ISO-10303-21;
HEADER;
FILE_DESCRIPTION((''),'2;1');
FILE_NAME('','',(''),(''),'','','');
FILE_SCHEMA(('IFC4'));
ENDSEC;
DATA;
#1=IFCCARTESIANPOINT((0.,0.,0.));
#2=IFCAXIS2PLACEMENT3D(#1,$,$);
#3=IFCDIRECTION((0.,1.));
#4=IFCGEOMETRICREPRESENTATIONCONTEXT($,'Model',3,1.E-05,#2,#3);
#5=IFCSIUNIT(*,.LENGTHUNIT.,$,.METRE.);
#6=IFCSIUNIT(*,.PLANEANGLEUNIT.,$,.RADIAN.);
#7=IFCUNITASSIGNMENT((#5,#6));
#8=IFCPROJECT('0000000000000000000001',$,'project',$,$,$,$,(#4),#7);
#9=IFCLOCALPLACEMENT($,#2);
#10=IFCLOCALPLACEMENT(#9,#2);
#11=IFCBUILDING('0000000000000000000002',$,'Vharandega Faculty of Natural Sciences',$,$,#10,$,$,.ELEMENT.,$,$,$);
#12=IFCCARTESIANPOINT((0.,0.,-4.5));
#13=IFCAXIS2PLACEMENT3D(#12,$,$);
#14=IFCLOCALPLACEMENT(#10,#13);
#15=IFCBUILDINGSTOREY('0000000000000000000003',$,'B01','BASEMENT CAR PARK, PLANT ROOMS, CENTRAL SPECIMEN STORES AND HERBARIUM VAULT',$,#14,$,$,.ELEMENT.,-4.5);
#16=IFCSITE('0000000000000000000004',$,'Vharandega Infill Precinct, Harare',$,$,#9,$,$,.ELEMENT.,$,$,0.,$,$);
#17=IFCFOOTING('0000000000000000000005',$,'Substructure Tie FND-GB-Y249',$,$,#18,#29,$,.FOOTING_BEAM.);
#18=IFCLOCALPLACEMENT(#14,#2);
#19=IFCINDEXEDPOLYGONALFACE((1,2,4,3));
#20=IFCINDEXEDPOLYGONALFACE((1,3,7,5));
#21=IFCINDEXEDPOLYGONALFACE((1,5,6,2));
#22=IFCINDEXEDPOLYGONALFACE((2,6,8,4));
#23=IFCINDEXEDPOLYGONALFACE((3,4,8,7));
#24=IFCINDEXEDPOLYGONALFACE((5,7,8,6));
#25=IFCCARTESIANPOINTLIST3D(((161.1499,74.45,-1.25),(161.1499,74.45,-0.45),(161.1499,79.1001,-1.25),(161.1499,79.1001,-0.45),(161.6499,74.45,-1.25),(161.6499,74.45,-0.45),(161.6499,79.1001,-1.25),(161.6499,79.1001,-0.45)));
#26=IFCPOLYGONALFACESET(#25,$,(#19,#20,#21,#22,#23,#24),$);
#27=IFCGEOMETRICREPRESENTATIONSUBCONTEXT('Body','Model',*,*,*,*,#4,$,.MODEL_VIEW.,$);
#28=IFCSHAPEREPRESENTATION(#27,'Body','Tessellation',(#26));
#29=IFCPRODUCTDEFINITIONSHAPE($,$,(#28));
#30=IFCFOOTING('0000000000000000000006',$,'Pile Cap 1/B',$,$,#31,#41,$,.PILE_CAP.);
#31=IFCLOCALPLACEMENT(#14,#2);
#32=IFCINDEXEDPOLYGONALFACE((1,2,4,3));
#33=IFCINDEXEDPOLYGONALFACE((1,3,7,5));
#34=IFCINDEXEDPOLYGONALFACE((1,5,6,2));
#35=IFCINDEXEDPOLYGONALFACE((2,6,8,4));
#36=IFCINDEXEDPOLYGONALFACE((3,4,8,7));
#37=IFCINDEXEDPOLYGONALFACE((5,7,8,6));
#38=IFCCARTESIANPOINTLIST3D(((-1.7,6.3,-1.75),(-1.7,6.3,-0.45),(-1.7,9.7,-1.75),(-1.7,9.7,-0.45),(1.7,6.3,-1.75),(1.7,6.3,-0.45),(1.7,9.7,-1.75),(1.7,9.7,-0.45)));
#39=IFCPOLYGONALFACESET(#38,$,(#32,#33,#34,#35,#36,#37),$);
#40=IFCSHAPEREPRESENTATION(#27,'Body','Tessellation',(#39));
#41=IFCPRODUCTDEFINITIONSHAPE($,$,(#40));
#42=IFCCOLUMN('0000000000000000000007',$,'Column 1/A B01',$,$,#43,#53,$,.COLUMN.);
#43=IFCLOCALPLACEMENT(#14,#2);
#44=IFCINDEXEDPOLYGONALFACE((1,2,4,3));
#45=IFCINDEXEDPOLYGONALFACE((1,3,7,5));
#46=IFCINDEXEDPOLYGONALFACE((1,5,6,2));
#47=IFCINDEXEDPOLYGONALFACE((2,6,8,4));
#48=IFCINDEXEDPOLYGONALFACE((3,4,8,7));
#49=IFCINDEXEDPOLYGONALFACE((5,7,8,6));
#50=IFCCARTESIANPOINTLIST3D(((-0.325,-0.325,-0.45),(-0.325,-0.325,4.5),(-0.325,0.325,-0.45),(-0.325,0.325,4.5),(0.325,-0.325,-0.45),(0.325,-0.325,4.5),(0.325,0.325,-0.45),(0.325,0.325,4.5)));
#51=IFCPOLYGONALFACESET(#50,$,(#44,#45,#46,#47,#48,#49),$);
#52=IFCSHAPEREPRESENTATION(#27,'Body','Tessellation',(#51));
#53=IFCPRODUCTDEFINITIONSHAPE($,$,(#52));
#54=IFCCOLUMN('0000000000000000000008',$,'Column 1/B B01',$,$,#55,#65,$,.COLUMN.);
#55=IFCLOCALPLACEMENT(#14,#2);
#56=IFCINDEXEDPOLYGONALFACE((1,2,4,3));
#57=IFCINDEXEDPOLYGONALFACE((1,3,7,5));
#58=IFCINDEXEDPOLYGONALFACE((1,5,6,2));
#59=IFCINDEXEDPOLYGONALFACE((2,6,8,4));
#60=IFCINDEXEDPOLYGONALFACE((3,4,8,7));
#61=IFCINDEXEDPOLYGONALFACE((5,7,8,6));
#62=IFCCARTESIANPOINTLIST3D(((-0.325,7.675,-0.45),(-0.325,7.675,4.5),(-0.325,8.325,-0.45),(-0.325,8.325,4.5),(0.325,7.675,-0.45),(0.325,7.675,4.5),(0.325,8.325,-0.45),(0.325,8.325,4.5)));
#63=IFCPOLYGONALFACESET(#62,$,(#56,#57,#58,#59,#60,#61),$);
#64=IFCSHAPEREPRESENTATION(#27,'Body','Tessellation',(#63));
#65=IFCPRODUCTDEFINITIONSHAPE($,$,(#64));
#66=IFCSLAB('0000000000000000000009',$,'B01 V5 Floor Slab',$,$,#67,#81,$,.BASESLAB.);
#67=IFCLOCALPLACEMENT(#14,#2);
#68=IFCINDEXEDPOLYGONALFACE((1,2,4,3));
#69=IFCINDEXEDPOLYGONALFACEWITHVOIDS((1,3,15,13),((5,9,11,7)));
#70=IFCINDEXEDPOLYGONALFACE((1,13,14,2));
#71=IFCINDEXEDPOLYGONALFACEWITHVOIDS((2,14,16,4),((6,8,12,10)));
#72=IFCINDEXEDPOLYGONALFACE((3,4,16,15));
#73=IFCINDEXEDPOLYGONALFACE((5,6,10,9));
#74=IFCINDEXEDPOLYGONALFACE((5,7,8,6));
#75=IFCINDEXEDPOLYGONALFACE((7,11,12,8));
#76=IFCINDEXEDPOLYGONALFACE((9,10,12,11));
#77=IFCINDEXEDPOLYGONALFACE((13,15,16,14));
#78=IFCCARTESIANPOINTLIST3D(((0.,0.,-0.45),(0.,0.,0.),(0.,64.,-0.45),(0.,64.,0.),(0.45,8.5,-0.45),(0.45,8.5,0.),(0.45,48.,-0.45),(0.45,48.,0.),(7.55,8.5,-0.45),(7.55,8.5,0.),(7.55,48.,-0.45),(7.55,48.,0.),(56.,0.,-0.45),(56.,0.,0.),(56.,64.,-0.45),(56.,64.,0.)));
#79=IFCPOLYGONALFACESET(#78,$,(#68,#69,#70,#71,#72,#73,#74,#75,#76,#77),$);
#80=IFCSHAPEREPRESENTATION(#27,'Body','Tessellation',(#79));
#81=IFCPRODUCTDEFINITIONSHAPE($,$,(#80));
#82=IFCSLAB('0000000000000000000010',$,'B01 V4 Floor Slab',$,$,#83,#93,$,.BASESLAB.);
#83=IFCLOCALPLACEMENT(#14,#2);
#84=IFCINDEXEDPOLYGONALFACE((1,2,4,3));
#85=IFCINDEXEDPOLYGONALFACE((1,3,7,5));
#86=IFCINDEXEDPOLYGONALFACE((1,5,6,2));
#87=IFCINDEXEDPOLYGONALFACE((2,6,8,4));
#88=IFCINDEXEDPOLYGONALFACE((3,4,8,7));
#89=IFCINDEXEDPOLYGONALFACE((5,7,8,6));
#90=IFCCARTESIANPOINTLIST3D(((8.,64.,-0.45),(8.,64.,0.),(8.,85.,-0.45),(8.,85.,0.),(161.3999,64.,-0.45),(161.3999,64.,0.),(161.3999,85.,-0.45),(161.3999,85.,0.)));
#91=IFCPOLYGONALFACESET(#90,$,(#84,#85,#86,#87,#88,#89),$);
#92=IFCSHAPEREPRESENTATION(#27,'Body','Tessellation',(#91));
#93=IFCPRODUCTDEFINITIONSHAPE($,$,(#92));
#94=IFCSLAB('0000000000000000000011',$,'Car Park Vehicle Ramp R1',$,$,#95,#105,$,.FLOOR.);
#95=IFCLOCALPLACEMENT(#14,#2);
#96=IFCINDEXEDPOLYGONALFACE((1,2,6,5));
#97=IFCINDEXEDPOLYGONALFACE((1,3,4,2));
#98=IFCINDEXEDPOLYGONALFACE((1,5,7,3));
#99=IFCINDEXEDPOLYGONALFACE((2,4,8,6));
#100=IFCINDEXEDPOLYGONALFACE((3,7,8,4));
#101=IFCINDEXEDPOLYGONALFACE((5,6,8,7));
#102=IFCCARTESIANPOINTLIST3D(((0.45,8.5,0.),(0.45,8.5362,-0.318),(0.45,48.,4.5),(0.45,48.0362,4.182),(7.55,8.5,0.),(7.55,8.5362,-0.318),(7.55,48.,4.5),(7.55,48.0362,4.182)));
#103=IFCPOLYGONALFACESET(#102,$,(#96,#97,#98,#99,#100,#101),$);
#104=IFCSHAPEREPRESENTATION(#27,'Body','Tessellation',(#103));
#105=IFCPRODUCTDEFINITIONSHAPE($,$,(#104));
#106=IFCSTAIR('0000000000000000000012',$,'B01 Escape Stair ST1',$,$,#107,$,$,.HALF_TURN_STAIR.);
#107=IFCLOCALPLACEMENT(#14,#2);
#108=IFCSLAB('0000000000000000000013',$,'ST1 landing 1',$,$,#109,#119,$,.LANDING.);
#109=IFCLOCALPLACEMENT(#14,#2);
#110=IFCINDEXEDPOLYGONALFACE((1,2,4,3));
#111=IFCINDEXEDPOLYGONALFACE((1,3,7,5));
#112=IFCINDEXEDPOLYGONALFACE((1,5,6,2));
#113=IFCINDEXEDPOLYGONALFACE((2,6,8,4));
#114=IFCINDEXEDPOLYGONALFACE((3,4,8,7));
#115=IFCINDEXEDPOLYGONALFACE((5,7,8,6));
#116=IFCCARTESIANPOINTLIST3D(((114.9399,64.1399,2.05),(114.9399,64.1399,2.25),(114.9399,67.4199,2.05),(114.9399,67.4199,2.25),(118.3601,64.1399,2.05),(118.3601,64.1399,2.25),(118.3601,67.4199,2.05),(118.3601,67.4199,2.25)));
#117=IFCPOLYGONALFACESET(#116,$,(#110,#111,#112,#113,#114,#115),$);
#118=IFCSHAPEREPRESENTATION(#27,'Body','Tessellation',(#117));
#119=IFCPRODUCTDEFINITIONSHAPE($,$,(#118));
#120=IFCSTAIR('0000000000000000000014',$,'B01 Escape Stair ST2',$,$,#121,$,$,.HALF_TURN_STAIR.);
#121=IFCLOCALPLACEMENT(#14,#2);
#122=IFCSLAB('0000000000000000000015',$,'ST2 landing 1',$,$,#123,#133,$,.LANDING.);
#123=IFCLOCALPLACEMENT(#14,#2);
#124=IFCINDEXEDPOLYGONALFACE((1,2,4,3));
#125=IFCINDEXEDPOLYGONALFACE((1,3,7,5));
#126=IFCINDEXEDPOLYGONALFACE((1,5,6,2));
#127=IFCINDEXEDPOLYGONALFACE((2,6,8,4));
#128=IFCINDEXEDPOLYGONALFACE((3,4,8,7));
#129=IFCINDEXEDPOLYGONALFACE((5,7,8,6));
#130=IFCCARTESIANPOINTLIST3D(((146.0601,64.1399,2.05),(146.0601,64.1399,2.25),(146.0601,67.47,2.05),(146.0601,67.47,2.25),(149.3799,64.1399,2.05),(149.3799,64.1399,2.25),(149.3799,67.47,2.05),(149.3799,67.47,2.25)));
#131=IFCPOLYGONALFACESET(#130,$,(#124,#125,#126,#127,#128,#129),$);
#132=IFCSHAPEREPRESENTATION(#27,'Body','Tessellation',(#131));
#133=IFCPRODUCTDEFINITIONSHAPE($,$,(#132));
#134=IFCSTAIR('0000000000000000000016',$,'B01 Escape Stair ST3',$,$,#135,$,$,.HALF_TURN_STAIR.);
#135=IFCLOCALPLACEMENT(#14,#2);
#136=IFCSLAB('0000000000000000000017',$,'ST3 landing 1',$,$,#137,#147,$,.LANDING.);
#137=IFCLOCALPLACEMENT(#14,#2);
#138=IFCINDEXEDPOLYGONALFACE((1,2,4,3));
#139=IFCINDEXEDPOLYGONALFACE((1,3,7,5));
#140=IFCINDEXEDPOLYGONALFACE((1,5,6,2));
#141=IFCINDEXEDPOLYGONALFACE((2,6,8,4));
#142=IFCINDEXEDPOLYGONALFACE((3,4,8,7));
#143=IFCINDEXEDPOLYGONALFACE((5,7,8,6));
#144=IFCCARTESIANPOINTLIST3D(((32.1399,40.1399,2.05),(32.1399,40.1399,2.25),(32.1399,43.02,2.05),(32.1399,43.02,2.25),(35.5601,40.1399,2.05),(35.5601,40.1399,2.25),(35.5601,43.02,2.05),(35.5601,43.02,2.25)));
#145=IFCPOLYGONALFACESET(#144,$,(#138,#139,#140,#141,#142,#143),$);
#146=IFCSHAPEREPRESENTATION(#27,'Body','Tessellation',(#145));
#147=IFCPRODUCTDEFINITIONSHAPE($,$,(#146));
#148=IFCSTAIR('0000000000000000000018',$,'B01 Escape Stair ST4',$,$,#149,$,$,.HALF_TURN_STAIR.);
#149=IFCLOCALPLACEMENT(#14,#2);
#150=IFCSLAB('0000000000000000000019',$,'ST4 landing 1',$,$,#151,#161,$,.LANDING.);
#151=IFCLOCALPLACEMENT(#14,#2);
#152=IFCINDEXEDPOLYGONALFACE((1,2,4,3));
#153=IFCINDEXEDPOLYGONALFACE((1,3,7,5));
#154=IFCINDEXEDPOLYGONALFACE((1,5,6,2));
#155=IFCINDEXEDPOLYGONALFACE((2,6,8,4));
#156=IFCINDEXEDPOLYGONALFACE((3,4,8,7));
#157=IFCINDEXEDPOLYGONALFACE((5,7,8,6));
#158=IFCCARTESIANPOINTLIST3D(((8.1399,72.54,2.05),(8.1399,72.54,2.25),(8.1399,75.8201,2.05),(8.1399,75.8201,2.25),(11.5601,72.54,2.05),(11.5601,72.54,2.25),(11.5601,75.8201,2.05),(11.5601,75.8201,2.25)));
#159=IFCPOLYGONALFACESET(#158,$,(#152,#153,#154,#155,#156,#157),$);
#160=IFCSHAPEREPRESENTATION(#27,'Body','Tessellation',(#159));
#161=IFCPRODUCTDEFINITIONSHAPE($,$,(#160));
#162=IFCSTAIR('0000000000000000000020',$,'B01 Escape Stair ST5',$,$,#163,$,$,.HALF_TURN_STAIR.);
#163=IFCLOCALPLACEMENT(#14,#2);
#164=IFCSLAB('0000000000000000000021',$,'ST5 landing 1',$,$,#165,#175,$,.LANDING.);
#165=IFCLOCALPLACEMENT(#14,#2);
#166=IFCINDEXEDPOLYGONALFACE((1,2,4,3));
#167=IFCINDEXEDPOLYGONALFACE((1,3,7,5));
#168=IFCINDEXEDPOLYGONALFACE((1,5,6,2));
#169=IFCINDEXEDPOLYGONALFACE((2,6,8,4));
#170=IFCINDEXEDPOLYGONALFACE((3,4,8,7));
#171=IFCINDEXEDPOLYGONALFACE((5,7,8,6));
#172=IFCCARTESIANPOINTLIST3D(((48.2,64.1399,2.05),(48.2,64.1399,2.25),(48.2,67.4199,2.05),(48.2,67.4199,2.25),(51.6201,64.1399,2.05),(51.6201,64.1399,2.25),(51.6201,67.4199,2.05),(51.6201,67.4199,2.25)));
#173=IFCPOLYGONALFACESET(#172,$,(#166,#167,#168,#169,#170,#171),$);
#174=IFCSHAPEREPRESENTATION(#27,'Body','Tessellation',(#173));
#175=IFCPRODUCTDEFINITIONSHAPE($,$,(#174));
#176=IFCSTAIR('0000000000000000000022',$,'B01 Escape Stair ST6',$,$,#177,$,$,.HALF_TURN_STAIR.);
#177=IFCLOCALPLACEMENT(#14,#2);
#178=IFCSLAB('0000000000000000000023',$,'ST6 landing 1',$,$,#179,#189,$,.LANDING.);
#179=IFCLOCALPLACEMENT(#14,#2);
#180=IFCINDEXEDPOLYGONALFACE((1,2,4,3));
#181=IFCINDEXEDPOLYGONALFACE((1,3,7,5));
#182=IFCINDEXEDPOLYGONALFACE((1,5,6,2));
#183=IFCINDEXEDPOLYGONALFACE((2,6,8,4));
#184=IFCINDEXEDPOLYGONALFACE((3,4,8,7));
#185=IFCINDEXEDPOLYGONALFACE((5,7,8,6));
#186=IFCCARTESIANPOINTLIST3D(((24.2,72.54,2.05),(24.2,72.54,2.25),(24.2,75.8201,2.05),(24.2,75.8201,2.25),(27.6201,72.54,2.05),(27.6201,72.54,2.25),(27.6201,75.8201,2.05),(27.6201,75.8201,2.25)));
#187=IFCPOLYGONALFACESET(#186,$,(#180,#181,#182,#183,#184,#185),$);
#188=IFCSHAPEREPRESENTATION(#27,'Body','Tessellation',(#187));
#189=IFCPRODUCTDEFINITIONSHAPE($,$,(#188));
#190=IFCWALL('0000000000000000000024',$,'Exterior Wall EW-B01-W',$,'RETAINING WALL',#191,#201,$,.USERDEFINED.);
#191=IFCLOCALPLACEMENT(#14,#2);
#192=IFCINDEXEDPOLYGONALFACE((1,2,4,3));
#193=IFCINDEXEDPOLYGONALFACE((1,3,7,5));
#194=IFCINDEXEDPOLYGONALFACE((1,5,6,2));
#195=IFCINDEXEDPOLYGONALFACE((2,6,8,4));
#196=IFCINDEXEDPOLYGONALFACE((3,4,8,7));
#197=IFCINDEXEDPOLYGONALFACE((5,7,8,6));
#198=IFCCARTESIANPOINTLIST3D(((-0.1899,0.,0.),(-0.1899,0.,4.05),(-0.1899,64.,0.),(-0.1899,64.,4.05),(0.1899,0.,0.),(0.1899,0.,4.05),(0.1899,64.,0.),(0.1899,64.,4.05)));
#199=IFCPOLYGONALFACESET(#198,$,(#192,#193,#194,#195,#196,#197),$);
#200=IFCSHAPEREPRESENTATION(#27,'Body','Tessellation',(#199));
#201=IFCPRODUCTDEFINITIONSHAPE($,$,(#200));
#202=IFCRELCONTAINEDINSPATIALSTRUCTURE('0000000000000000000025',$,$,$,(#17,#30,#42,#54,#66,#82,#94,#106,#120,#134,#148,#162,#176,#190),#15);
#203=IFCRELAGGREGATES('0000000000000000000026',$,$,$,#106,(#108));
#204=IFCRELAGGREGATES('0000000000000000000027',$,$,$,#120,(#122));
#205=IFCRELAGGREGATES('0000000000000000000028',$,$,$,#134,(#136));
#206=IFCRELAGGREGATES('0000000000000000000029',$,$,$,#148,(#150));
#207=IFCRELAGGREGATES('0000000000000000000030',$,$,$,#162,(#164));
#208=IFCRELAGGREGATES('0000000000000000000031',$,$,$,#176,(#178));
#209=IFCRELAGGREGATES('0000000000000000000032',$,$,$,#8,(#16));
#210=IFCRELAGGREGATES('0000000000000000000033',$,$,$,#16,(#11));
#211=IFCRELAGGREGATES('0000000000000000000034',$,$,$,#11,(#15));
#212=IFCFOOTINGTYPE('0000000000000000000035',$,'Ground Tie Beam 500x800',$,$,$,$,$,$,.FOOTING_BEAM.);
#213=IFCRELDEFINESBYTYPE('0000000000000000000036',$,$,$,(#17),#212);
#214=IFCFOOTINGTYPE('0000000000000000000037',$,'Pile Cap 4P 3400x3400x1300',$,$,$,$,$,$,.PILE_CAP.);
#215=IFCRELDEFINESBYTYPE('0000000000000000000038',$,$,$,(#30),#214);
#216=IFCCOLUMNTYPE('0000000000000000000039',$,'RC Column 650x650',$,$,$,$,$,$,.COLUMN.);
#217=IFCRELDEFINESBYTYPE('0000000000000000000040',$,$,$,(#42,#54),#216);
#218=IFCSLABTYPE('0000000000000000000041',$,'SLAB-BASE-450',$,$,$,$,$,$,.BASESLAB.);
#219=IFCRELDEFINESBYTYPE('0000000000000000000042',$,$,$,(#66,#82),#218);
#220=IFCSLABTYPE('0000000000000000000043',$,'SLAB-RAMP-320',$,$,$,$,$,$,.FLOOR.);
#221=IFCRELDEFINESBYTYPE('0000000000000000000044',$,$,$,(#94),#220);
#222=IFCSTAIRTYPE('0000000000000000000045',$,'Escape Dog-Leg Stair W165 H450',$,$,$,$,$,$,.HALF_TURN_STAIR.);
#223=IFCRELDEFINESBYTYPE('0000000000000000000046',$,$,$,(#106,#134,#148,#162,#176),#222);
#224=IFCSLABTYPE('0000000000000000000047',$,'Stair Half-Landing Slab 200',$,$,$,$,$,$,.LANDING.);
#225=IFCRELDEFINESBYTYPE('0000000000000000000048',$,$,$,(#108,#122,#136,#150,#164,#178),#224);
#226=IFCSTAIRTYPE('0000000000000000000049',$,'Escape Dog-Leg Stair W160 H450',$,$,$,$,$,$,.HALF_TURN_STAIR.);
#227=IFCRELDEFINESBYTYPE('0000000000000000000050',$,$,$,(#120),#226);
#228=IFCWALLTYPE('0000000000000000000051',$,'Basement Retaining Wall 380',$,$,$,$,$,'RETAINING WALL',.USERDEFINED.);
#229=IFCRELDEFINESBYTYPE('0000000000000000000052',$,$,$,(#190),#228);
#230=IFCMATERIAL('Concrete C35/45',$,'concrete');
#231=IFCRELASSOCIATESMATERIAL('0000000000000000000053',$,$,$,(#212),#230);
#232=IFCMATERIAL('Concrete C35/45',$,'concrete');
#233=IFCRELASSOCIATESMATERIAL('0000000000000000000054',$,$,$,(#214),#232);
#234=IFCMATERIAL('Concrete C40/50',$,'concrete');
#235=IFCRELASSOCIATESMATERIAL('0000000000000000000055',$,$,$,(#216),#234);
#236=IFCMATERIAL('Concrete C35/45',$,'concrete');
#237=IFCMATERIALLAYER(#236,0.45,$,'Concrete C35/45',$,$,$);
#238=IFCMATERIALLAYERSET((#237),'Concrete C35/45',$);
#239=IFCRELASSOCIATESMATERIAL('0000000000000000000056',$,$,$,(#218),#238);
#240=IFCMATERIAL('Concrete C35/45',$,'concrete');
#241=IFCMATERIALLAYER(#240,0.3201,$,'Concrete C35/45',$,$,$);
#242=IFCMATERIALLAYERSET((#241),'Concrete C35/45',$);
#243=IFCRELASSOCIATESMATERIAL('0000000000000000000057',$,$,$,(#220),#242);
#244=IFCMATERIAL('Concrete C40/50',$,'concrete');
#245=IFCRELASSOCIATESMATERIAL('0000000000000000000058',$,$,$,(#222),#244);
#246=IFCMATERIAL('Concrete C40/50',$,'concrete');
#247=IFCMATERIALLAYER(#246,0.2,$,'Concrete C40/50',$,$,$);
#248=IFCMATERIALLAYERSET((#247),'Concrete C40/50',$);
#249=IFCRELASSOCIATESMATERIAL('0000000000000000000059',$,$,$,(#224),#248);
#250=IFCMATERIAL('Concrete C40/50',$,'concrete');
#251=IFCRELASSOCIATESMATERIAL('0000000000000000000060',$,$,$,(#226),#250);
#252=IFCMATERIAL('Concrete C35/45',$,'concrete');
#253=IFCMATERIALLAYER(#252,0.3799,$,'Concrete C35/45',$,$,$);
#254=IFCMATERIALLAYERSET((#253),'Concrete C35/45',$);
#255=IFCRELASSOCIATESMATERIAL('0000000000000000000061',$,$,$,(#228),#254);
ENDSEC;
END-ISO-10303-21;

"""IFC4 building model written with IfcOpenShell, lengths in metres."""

from ifc_helpers import new_model, si_unit, direction, frame, frame_2d, origin, origin_2d, place, context, subcontext, project, spatial, polyline, rectangle, outline, extrude, material, layer, layer_set, material_profile, profile_set, type_object, element, aggregate, save


model = new_model("IFC4")

# Units and contexts
model_context = context("Model", 3, precision=1e-05, world=origin(), true_north=direction((0.0, 1.0)))
body_context = subcontext(model_context, "Body", "Model", "MODEL_VIEW")
ifc_project = project(units=[si_unit("LENGTHUNIT", "METRE"), si_unit("PLANEANGLEUNIT", "RADIAN")], contexts=[model_context])

# Site, building, storey
site_placement = place(None, origin())
site = spatial("IfcSite", under=ifc_project, at=site_placement, Name="Vharandega Infill Precinct, Harare", CompositionType="ELEMENT", RefElevation=0.0)
building_placement = place(site_placement, origin())
building = spatial("IfcBuilding", under=site, at=building_placement, Name="Vharandega Faculty of Natural Sciences", CompositionType="ELEMENT")
storey_placement = place(building_placement, frame((0.0, 0.0, -4.5)))
storey = spatial("IfcBuildingStorey", under=building, at=storey_placement, Name="B01", Description="BASEMENT CAR PARK, PLANT ROOMS, CENTRAL SPECIMEN STORES AND HERBARIUM VAULT", CompositionType="ELEMENT", Elevation=-4.5)

# Footings
ifc_material_1 = material(Name="Concrete C35/45", Category="concrete")
footing_type_1 = type_object("IfcFootingType", Name="Ground Tie Beam 500x800", PredefinedType="FOOTING_BEAM", material=ifc_material_1)
footing_1_placement = place(storey_placement, frame((0.0, 0.0, -1.25)))
element("IfcFooting", 1, at=footing_1_placement, inside=storey, type_object=footing_type_1, Name="Substructure Tie FND-GB-Y249", PredefinedType="FOOTING_BEAM", context=body_context, shape_type="SweptSolid", body=[
    extrude(outline(polyline([(161.1499, 74.45), (161.6499, 74.45), (161.6499, 79.1001), (161.1499, 79.1001), (161.1499, 74.45)])), origin(), (0.0, 0.0, 1.0), 0.8),
])
ifc_material_2 = material(Name="Concrete C35/45", Category="concrete")
footing_type_2 = type_object("IfcFootingType", Name="Pile Cap 4P 3400x3400x1300", PredefinedType="PILE_CAP", material=ifc_material_2)
footing_2_placement = place(storey_placement, frame((0.0, 8.0, -1.75), z_axis=(0.0, 0.0, 1.0), x_axis=(1.0, 0.0, 0.0)))
element("IfcFooting", 2, at=footing_2_placement, inside=storey, type_object=footing_type_2, Name="Pile Cap 1/B", PredefinedType="PILE_CAP", context=body_context, shape_type="SweptSolid", body=[
    extrude(rectangle(XDim=3.3999, YDim=3.3999, at=origin_2d()), origin(), (0.0, 0.0, 1.0), 1.3),
])

# Columns
ifc_material_3 = material(Name="Concrete C40/50", Category="concrete")
ifc_material_profile_1 = material_profile(ifc_material_3, rectangle(XDim=0.6499, YDim=0.6499, at=origin_2d()), Name="RC 650x650")
ifc_profile_set_1 = profile_set([ifc_material_profile_1], Name="Concrete C40/50")
column_type = type_object("IfcColumnType", Name="RC Column 650x650", PredefinedType="COLUMN", material=ifc_profile_set_1)
for number, where, z_axis, x_axis, name in (
    (3, (0.0, 0.0, -0.45), (0.0, 0.0, 1.0), (1.0, 0.0, 0.0), "Column 1/A B01"),
    (4, (0.0, 8.0, -0.45), (0.0, 0.0, 1.0), (1.0, 0.0, 0.0), "Column 1/B B01"),
):
    element("IfcColumn", number, at=place(storey_placement, frame(where, z_axis=z_axis, x_axis=x_axis)), inside=storey, type_object=column_type, Name=name, PredefinedType="COLUMN", context=body_context, shape_type="SweptSolid", body=[
        extrude(rectangle(XDim=0.6499, YDim=0.6499, at=origin_2d()), origin(), (0.0, 0.0, 1.0), 4.95),
    ])

# Slabs
ifc_material_4 = material(Name="Concrete C35/45", Category="concrete")
ifc_layer_1 = layer(ifc_material_4, 0.45, Name="Concrete C35/45")
ifc_layer_set_1 = layer_set([ifc_layer_1], Name="Concrete C35/45")
slab_type_1 = type_object("IfcSlabType", Name="SLAB-BASE-450", PredefinedType="BASESLAB", material=ifc_layer_set_1)
slab_1_placement = place(storey_placement, frame((0.0, 0.0, -0.45)))
element("IfcSlab", 5, at=slab_1_placement, inside=storey, type_object=slab_type_1, Name="B01 V5 Floor Slab", PredefinedType="BASESLAB", context=body_context, shape_type="SweptSolid", body=[
    extrude(outline(polyline([(0.0, 0.0), (56.0, 0.0), (56.0, 64.0), (0.0, 64.0), (0.0, 0.0)]), holes=[polyline([(0.45, 8.5), (7.55, 8.5), (7.55, 48.0), (0.45, 48.0), (0.45, 8.5)])]), origin(), (0.0, 0.0, 1.0), 0.45),
])
slab_2_placement = place(storey_placement, frame((0.0, 0.0, -0.45)))
element("IfcSlab", 6, at=slab_2_placement, inside=storey, type_object=slab_type_1, Name="B01 V4 Floor Slab", PredefinedType="BASESLAB", context=body_context, shape_type="SweptSolid", body=[
    extrude(outline(polyline([(8.0, 64.0), (161.3999, 64.0), (161.3999, 85.0), (8.0, 85.0), (8.0, 64.0)])), origin(), (0.0, 0.0, 1.0), 0.45),
])
ifc_material_5 = material(Name="Concrete C35/45", Category="concrete")
ifc_layer_2 = layer(ifc_material_5, 0.3201, Name="Concrete C35/45")
ifc_layer_set_2 = layer_set([ifc_layer_2], Name="Concrete C35/45")
slab_type_2 = type_object("IfcSlabType", Name="SLAB-RAMP-320", PredefinedType="FLOOR", material=ifc_layer_set_2)
slab_3_placement = place(storey_placement, frame((0.45, 8.5, 0.0), z_axis=(0.0, -0.113192, 0.993573), x_axis=(1.0, 0.0, 0.0)))
element("IfcSlab", 7, at=slab_3_placement, inside=storey, type_object=slab_type_2, Name="Car Park Vehicle Ramp R1", PredefinedType="FLOOR", context=body_context, shape_type="SweptSolid", body=[
    extrude(outline(polyline([(0.0, 0.0), (7.1001, 0.0), (7.1001, 39.7555), (0.0, 39.7555), (0.0, 0.0)])), origin(), (0.0, 0.0, -1.0), 0.3201),
])

# Stairs, slabs
ifc_material_6 = material(Name="Concrete C40/50", Category="concrete")
stair_type_1 = type_object("IfcStairType", Name="Escape Dog-Leg Stair W165 H450", PredefinedType="HALF_TURN_STAIR", material=ifc_material_6)
stair_1_placement = place(storey_placement, origin())
stair_1 = element("IfcStair", 8, at=stair_1_placement, inside=storey, type_object=stair_type_1, Name="B01 Escape Stair ST1", PredefinedType="HALF_TURN_STAIR")
ifc_material_7 = material(Name="Concrete C40/50", Category="concrete")
ifc_layer_3 = layer(ifc_material_7, 0.2, Name="Concrete C40/50")
ifc_layer_set_3 = layer_set([ifc_layer_3], Name="Concrete C40/50")
slab_type_3 = type_object("IfcSlabType", Name="Stair Half-Landing Slab 200", PredefinedType="LANDING", material=ifc_layer_set_3)
slab_4_placement = place(storey_placement, frame((0.0, 0.0, 2.05)))
slab_4 = element("IfcSlab", 9, at=slab_4_placement, type_object=slab_type_3, Name="ST1 landing 1", PredefinedType="LANDING", context=body_context, shape_type="SweptSolid", body=[
    extrude(outline(polyline([(114.9399, 67.4199), (114.9399, 64.1399), (118.3601, 64.1399), (118.3601, 67.4199), (114.9399, 67.4199)])), origin(), (0.0, 0.0, 1.0), 0.2),
])
aggregate(stair_1, [slab_4])
ifc_material_8 = material(Name="Concrete C40/50", Category="concrete")
stair_type_2 = type_object("IfcStairType", Name="Escape Dog-Leg Stair W160 H450", PredefinedType="HALF_TURN_STAIR", material=ifc_material_8)
stair_2_placement = place(storey_placement, origin())
stair_2 = element("IfcStair", 10, at=stair_2_placement, inside=storey, type_object=stair_type_2, Name="B01 Escape Stair ST2", PredefinedType="HALF_TURN_STAIR")
slab_5_placement = place(storey_placement, frame((0.0, 0.0, 2.05)))
slab_5 = element("IfcSlab", 11, at=slab_5_placement, type_object=slab_type_3, Name="ST2 landing 1", PredefinedType="LANDING", context=body_context, shape_type="SweptSolid", body=[
    extrude(outline(polyline([(146.0601, 67.47), (146.0601, 64.1399), (149.3799, 64.1399), (149.3799, 67.47), (146.0601, 67.47)])), origin(), (0.0, 0.0, 1.0), 0.2),
])
aggregate(stair_2, [slab_5])
stair_3_placement = place(storey_placement, origin())
stair_3 = element("IfcStair", 12, at=stair_3_placement, inside=storey, type_object=stair_type_1, Name="B01 Escape Stair ST3", PredefinedType="HALF_TURN_STAIR")
slab_6_placement = place(storey_placement, frame((0.0, 0.0, 2.05)))
slab_6 = element("IfcSlab", 13, at=slab_6_placement, type_object=slab_type_3, Name="ST3 landing 1", PredefinedType="LANDING", context=body_context, shape_type="SweptSolid", body=[
    extrude(outline(polyline([(32.1399, 43.02), (32.1399, 40.1399), (35.5601, 40.1399), (35.5601, 43.02), (32.1399, 43.02)])), origin(), (0.0, 0.0, 1.0), 0.2),
])
aggregate(stair_3, [slab_6])
stair_4_placement = place(storey_placement, origin())
stair_4 = element("IfcStair", 14, at=stair_4_placement, inside=storey, type_object=stair_type_1, Name="B01 Escape Stair ST4", PredefinedType="HALF_TURN_STAIR")
slab_7_placement = place(storey_placement, frame((0.0, 0.0, 2.05)))
slab_7 = element("IfcSlab", 15, at=slab_7_placement, type_object=slab_type_3, Name="ST4 landing 1", PredefinedType="LANDING", context=body_context, shape_type="SweptSolid", body=[
    extrude(outline(polyline([(8.1399, 75.8201), (8.1399, 72.54), (11.5601, 72.54), (11.5601, 75.8201), (8.1399, 75.8201)])), origin(), (0.0, 0.0, 1.0), 0.2),
])
aggregate(stair_4, [slab_7])
stair_5_placement = place(storey_placement, origin())
stair_5 = element("IfcStair", 16, at=stair_5_placement, inside=storey, type_object=stair_type_1, Name="B01 Escape Stair ST5", PredefinedType="HALF_TURN_STAIR")
slab_8_placement = place(storey_placement, frame((0.0, 0.0, 2.05)))
slab_8 = element("IfcSlab", 17, at=slab_8_placement, type_object=slab_type_3, Name="ST5 landing 1", PredefinedType="LANDING", context=body_context, shape_type="SweptSolid", body=[
    extrude(outline(polyline([(48.2, 67.4199), (48.2, 64.1399), (51.6201, 64.1399), (51.6201, 67.4199), (48.2, 67.4199)])), origin(), (0.0, 0.0, 1.0), 0.2),
])
aggregate(stair_5, [slab_8])
stair_6_placement = place(storey_placement, origin())
stair_6 = element("IfcStair", 18, at=stair_6_placement, inside=storey, type_object=stair_type_1, Name="B01 Escape Stair ST6", PredefinedType="HALF_TURN_STAIR")
slab_9_placement = place(storey_placement, frame((0.0, 0.0, 2.05)))
slab_9 = element("IfcSlab", 19, at=slab_9_placement, type_object=slab_type_3, Name="ST6 landing 1", PredefinedType="LANDING", context=body_context, shape_type="SweptSolid", body=[
    extrude(outline(polyline([(24.2, 75.8201), (24.2, 72.54), (27.6201, 72.54), (27.6201, 75.8201), (24.2, 75.8201)])), origin(), (0.0, 0.0, 1.0), 0.2),
])
aggregate(stair_6, [slab_9])

# Wall
ifc_material_9 = material(Name="Concrete C35/45", Category="concrete")
ifc_layer_4 = layer(ifc_material_9, 0.3799, Name="Concrete C35/45")
ifc_layer_set_4 = layer_set([ifc_layer_4], Name="Concrete C35/45")
wall_type = type_object("IfcWallType", Name="Basement Retaining Wall 380", ElementType="RETAINING WALL", PredefinedType="USERDEFINED", material=ifc_layer_set_4)
wall_placement = place(storey_placement, frame((0.0, 0.0, 0.0), z_axis=(0.0, 0.0, 1.0), x_axis=(0.0, 1.0, 0.0)))
element("IfcWall", 20, at=wall_placement, inside=storey, type_object=wall_type, Name="Exterior Wall EW-B01-W", ObjectType="RETAINING WALL", PredefinedType="USERDEFINED", context=body_context, shape_type="SweptSolid", body=[
    extrude(rectangle(XDim=64.0, YDim=0.3799, at=frame_2d((32.0, 0.0))), origin(), (0.0, 0.0, 1.0), 4.05),
])

save(model, "model.ifc")
